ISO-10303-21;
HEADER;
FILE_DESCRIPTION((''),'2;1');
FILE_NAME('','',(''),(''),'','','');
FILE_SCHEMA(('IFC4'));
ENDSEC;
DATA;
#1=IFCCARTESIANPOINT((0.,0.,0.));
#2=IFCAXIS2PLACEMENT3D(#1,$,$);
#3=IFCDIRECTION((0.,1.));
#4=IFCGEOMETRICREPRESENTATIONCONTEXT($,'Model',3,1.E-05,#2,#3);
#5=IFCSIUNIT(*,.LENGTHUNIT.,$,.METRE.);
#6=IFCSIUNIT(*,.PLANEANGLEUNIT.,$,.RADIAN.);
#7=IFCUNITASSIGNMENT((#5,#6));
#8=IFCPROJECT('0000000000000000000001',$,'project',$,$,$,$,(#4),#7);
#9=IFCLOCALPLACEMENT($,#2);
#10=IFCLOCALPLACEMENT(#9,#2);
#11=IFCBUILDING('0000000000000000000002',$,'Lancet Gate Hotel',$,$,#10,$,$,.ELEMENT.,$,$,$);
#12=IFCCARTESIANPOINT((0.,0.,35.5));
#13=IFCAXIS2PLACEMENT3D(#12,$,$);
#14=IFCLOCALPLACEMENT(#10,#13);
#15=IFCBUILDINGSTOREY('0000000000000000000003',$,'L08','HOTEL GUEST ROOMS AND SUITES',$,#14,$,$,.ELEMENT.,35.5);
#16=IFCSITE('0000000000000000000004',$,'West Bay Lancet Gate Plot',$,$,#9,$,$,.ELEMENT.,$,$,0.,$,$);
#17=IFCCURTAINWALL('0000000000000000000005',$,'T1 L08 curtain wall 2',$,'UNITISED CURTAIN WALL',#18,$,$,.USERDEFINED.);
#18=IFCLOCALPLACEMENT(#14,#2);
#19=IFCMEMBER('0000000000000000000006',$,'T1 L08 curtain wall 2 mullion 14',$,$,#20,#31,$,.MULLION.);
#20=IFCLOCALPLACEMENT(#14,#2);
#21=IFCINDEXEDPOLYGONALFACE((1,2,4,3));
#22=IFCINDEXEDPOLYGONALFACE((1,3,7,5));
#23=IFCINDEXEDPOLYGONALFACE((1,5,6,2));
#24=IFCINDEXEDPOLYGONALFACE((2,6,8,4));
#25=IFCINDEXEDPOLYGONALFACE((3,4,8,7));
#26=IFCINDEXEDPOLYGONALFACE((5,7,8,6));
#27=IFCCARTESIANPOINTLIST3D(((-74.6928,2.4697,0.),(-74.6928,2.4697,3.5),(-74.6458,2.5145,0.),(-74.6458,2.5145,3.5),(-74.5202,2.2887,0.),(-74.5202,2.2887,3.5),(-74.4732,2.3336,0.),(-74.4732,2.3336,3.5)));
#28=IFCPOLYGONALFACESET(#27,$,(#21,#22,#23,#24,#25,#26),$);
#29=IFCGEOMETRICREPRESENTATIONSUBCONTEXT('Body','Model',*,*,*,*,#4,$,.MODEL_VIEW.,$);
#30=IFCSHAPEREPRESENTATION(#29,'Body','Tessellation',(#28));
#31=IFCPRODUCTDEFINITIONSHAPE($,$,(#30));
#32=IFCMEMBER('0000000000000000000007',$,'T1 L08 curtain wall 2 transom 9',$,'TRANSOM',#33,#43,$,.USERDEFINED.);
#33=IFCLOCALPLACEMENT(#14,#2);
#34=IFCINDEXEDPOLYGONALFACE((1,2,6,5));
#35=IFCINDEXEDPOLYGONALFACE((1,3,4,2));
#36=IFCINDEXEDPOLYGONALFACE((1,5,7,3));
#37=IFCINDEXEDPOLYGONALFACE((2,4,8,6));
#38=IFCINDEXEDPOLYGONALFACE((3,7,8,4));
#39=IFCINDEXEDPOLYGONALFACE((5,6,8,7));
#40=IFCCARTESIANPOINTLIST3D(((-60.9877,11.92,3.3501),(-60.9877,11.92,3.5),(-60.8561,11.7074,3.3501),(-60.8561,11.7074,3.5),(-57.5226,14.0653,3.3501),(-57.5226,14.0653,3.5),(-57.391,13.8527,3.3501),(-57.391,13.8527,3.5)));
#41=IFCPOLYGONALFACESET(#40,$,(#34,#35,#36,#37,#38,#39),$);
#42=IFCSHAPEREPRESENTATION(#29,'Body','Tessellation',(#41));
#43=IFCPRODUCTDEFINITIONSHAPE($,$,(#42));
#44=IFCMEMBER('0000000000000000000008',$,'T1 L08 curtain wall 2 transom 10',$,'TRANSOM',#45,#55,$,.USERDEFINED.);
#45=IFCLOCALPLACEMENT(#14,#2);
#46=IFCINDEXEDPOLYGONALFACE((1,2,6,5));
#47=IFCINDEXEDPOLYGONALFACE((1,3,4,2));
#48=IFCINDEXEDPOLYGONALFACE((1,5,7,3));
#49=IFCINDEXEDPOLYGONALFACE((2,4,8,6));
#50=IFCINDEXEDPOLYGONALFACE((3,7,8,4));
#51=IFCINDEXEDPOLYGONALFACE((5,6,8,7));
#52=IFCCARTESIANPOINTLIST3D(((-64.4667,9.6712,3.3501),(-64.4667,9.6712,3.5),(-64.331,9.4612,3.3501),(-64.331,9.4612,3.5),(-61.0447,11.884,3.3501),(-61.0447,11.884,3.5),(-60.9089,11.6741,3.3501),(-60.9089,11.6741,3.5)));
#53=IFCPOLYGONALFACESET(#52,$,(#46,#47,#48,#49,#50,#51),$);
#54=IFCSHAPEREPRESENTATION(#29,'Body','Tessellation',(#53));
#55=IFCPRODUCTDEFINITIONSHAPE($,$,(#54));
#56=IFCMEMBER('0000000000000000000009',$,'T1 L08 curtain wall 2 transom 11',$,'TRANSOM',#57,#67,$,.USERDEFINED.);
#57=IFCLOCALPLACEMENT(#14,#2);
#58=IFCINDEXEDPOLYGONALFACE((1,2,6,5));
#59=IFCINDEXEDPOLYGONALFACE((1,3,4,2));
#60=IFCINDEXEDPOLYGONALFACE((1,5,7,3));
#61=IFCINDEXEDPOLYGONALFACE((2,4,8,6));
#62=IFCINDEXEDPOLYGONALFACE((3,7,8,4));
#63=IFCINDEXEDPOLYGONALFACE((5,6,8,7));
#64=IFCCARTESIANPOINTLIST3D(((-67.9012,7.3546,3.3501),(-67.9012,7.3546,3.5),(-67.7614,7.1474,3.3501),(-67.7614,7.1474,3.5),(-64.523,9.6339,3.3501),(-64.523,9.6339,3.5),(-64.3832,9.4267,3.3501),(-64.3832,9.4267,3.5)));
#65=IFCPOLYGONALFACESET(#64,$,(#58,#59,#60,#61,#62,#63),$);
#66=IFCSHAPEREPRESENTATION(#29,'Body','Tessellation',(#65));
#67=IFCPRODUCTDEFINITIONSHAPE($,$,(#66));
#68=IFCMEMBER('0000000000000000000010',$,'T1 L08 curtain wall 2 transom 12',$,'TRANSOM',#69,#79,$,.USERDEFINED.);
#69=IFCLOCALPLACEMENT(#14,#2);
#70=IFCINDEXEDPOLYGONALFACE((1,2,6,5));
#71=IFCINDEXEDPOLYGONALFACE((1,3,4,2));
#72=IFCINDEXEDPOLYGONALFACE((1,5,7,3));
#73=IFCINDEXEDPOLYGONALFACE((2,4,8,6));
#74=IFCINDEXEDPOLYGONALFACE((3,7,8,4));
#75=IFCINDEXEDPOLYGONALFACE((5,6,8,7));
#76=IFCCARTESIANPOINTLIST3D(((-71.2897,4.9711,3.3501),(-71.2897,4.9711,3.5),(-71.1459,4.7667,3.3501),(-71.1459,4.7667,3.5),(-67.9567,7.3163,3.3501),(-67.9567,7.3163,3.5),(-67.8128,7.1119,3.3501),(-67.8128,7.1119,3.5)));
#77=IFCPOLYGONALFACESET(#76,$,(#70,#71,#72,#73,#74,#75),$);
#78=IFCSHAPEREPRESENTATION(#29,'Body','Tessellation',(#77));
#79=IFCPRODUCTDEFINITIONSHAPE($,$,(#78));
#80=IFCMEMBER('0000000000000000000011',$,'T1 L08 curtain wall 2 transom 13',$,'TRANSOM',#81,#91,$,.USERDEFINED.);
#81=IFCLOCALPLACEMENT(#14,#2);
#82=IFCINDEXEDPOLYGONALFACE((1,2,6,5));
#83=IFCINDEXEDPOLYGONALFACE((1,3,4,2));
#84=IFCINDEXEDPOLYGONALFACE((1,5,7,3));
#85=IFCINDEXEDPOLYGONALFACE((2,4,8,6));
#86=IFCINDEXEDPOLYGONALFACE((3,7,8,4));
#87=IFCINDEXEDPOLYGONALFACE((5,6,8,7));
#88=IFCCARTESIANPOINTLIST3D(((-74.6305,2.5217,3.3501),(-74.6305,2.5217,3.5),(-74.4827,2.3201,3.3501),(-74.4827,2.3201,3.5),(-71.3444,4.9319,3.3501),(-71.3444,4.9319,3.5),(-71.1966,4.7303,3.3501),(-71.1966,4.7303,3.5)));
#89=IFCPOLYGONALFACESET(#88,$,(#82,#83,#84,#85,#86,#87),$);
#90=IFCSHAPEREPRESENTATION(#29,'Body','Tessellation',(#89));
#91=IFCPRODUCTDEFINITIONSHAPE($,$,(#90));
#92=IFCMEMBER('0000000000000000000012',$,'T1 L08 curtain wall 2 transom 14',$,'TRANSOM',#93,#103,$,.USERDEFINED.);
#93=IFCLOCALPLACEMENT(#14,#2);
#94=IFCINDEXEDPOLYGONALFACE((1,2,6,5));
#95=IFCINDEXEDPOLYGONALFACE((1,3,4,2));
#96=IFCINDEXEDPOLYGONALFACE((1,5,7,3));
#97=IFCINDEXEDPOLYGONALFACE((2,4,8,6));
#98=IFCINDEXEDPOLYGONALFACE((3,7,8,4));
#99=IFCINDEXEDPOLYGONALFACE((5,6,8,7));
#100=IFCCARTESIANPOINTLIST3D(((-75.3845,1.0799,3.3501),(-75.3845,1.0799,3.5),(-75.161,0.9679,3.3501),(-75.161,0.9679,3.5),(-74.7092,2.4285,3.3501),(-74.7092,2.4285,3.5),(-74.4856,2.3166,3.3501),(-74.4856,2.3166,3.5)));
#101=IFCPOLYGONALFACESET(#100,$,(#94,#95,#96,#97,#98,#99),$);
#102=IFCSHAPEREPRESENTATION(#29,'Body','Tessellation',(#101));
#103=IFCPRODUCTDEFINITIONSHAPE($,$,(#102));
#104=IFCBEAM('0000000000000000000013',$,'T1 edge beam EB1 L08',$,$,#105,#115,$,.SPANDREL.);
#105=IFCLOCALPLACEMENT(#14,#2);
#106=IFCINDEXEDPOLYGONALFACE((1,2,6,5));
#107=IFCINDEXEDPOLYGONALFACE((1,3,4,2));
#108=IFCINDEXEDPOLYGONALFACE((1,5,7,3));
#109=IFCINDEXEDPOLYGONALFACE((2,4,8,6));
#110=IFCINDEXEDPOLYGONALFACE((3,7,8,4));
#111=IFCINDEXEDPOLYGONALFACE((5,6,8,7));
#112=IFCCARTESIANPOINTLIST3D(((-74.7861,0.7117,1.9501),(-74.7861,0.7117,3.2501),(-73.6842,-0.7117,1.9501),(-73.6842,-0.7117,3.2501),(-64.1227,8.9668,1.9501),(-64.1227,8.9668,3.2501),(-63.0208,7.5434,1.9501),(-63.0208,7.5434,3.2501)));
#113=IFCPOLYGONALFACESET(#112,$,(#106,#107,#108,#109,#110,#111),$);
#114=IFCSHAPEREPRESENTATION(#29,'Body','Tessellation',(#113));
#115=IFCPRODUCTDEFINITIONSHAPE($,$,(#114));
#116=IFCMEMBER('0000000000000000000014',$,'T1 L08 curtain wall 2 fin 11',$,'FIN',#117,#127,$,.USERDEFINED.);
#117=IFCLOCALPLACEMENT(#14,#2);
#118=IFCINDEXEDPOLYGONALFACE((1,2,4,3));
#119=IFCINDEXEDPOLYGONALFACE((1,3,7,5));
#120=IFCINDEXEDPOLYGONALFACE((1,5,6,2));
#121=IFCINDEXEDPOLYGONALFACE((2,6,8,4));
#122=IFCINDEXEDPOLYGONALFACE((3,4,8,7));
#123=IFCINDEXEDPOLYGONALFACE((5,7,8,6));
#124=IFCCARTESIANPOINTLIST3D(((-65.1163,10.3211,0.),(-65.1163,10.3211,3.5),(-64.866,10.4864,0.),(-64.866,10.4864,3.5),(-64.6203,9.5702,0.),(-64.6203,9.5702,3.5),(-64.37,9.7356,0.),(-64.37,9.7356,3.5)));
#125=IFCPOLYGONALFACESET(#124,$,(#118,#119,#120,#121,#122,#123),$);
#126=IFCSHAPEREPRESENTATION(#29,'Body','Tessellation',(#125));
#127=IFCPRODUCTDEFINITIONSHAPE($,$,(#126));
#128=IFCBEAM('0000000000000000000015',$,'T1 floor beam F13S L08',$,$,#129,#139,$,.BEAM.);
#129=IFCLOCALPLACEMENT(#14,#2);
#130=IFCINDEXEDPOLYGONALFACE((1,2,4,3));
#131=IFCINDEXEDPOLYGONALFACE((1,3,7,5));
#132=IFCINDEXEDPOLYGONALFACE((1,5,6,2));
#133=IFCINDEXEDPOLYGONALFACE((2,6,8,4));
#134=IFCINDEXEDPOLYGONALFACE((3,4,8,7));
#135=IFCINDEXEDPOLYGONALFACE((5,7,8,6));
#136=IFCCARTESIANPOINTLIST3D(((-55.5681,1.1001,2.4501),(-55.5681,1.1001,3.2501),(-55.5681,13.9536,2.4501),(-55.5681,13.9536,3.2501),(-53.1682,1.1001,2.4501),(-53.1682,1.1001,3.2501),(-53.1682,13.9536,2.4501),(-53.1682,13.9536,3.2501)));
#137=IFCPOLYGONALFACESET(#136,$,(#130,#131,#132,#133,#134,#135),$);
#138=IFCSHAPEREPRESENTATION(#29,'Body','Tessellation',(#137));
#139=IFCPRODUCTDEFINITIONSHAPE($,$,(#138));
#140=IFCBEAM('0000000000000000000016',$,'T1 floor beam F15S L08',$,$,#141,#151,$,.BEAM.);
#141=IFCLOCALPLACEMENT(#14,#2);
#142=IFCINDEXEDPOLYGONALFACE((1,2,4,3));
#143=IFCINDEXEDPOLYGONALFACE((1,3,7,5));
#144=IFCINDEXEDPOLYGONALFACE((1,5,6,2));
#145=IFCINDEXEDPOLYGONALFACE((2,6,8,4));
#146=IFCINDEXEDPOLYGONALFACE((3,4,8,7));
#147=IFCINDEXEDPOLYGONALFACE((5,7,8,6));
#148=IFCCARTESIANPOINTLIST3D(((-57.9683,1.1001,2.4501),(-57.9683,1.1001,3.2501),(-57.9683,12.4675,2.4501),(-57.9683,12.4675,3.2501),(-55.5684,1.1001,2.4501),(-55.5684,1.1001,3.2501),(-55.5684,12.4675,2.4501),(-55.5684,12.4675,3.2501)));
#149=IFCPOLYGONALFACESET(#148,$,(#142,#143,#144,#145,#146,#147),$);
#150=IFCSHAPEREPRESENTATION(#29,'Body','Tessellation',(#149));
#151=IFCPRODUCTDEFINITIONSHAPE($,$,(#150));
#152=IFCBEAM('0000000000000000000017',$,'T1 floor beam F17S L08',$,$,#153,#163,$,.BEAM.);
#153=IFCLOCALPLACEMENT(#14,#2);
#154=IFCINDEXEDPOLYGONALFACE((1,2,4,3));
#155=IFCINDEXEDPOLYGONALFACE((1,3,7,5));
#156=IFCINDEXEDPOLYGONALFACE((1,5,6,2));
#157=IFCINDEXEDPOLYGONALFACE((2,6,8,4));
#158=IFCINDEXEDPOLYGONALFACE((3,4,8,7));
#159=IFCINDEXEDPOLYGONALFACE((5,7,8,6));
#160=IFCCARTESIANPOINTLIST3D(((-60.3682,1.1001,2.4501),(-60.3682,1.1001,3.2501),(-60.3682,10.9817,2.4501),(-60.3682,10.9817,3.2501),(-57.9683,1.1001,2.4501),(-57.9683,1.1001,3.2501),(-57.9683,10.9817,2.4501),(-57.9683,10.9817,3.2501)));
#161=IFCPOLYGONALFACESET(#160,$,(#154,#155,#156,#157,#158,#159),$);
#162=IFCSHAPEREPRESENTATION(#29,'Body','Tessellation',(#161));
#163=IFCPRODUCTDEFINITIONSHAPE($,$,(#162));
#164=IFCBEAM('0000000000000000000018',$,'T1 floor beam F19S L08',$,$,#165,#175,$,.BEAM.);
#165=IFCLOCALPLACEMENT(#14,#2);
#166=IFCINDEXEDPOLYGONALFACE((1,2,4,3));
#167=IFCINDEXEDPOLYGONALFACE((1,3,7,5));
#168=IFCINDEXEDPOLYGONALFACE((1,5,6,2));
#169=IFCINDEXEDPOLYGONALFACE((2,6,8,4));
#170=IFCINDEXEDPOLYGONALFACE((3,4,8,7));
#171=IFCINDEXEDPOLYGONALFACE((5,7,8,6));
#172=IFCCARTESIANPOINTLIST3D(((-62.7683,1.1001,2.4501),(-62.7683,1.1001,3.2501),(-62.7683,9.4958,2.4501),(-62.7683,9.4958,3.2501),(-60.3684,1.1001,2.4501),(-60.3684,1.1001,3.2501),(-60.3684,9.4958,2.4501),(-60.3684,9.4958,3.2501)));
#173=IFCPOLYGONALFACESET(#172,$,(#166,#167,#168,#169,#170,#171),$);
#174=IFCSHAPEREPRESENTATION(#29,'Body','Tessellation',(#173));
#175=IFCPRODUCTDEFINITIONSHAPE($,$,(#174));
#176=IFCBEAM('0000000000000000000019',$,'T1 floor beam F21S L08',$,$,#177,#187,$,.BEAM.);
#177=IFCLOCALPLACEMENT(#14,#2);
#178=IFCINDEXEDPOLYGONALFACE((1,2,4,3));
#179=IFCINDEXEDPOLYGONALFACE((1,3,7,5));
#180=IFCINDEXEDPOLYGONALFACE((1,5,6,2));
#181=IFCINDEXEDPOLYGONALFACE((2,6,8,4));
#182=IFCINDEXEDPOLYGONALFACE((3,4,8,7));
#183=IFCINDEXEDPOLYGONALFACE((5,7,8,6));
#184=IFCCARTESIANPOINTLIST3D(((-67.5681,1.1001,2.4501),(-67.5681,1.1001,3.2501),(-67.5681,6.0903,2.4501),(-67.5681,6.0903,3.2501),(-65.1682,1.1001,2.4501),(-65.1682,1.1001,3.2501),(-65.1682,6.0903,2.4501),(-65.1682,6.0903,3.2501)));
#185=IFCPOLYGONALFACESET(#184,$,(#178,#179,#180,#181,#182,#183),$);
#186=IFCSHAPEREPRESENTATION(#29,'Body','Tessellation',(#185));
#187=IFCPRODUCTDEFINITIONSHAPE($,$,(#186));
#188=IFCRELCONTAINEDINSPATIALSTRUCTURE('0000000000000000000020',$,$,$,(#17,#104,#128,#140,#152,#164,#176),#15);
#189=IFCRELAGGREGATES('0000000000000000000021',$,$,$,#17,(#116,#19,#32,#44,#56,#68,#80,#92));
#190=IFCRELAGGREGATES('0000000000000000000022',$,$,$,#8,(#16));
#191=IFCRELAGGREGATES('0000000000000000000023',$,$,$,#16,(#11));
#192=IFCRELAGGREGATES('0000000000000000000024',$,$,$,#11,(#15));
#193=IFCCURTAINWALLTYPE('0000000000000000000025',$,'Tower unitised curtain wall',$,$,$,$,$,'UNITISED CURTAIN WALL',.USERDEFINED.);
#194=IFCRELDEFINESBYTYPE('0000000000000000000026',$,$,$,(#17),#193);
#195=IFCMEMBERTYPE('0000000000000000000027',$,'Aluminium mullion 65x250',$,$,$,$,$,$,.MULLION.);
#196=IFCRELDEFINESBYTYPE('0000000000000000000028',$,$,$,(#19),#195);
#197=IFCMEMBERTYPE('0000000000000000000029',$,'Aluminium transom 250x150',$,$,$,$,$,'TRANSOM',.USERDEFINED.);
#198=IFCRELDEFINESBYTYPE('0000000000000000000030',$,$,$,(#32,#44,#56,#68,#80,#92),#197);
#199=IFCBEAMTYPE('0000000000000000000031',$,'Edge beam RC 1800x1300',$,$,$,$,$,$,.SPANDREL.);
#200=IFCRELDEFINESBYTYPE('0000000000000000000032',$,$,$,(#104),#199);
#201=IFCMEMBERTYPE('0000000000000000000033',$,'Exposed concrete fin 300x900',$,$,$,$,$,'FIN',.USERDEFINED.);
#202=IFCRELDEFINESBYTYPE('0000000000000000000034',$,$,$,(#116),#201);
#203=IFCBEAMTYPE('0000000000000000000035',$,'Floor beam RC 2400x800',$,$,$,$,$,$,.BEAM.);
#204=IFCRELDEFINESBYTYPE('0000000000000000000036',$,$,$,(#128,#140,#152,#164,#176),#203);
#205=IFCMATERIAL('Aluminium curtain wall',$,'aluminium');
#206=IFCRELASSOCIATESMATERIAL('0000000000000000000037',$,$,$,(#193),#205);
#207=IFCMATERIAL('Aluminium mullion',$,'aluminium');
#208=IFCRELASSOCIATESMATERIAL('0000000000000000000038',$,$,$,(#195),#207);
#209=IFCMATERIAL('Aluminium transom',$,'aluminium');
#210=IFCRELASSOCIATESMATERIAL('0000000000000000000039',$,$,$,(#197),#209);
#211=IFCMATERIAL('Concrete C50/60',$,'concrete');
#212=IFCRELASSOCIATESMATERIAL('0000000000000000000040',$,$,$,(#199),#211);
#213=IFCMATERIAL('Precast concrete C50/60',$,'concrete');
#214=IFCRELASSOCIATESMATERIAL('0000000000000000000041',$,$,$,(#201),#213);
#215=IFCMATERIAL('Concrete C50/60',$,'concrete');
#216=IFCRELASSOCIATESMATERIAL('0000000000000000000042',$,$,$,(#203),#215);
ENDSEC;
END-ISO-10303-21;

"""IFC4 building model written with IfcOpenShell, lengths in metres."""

from ifc_helpers import new_model, si_unit, direction, frame, origin, origin_2d, place, context, subcontext, project, spatial, rectangle, extrude, material, material_profile, profile_set, type_object, element, aggregate, save


model = new_model("IFC4")

# Units and contexts
model_context = context("Model", 3, precision=1e-05, world=origin(), true_north=direction((0.0, 1.0)))
body_context = subcontext(model_context, "Body", "Model", "MODEL_VIEW")
ifc_project = project(units=[si_unit("LENGTHUNIT", "METRE"), si_unit("PLANEANGLEUNIT", "RADIAN")], contexts=[model_context])

# Site, building, storey
site_placement = place(None, origin())
site = spatial("IfcSite", under=ifc_project, at=site_placement, Name="West Bay Lancet Gate Plot", CompositionType="ELEMENT", RefElevation=0.0)
building_placement = place(site_placement, origin())
building = spatial("IfcBuilding", under=site, at=building_placement, Name="Lancet Gate Hotel", CompositionType="ELEMENT")
storey_placement = place(building_placement, frame((0.0, 0.0, 35.5)))
storey = spatial("IfcBuildingStorey", under=building, at=storey_placement, Name="L08", Description="HOTEL GUEST ROOMS AND SUITES", CompositionType="ELEMENT", Elevation=35.5)

# Curtain wall, members
ifc_material_1 = material(Name="Aluminium curtain wall", Category="aluminium")
curtain_wall_type = type_object("IfcCurtainWallType", Name="Tower unitised curtain wall", ElementType="UNITISED CURTAIN WALL", PredefinedType="USERDEFINED", material=ifc_material_1)
curtain_wall_placement = place(storey_placement, origin())
curtain_wall = element("IfcCurtainWall", 1, at=curtain_wall_placement, inside=storey, type_object=curtain_wall_type, Name="T1 L08 curtain wall 2", ObjectType="UNITISED CURTAIN WALL", PredefinedType="USERDEFINED")
ifc_material_2 = material(Name="Aluminium mullion", Category="aluminium")
ifc_material_profile_1 = material_profile(ifc_material_2, rectangle(XDim=0.0649, YDim=0.25, at=origin_2d()), Name="MULLION 65x250")
ifc_profile_set_1 = profile_set([ifc_material_profile_1], Name="Aluminium mullion")
member_type_1 = type_object("IfcMemberType", Name="Aluminium mullion 65x250", PredefinedType="MULLION", material=ifc_profile_set_1)
member_1_placement = place(storey_placement, frame((-74.583, 2.4016, 0.0), z_axis=(0.0, 0.0, 1.0), x_axis=(-0.723696, -0.690119, 0.0)))
member_1 = element("IfcMember", 2, at=member_1_placement, type_object=member_type_1, Name="T1 L08 curtain wall 2 mullion 14", PredefinedType="MULLION", context=body_context, shape_type="SweptSolid", body=[
    extrude(rectangle(XDim=0.0649, YDim=0.25, at=origin_2d()), origin(), (0.0, 0.0, 1.0), 3.5),
])
ifc_material_3 = material(Name="Aluminium transom", Category="aluminium")
ifc_material_profile_2 = material_profile(ifc_material_3, rectangle(XDim=0.25, YDim=0.1499, at=origin_2d()), Name="TRANSOM 250x150")
ifc_profile_set_2 = profile_set([ifc_material_profile_2], Name="Aluminium transom")
member_type_2 = type_object("IfcMemberType", Name="Aluminium transom 250x150", ElementType="TRANSOM", PredefinedType="USERDEFINED", material=ifc_profile_set_2)
member_2_placement = place(storey_placement, frame((-57.4568, 13.959, 3.425), z_axis=(-0.850242, -0.526392, 0.0), x_axis=(0.526392, -0.850242, 0.0)))
member_2 = element("IfcMember", 3, at=member_2_placement, type_object=member_type_2, Name="T1 L08 curtain wall 2 transom 9", ObjectType="TRANSOM", PredefinedType="USERDEFINED", context=body_context, shape_type="SweptSolid", body=[
    extrude(rectangle(XDim=0.25, YDim=0.1499, at=origin_2d()), origin(), (0.0, 0.0, 1.0), 4.0754),
])
member_3_placement = place(storey_placement, frame((-60.9768, 11.7791, 3.425), z_axis=(-0.839729, -0.543005, 0.0), x_axis=(0.543005, -0.839729, 0.0)))
member_3 = element("IfcMember", 4, at=member_3_placement, type_object=member_type_2, Name="T1 L08 curtain wall 2 transom 10", ObjectType="TRANSOM", PredefinedType="USERDEFINED", context=body_context, shape_type="SweptSolid", body=[
    extrude(rectangle(XDim=0.25, YDim=0.1499, at=origin_2d()), origin(), (0.0, 0.0, 1.0), 4.0752),
])
member_4_placement = place(storey_placement, frame((-64.4531, 9.5303, 3.425), z_axis=(-0.828959, -0.559309, 0.0), x_axis=(0.559309, -0.828959, 0.0)))
member_4 = element("IfcMember", 5, at=member_4_placement, type_object=member_type_2, Name="T1 L08 curtain wall 2 transom 11", ObjectType="TRANSOM", PredefinedType="USERDEFINED", context=body_context, shape_type="SweptSolid", body=[
    extrude(rectangle(XDim=0.25, YDim=0.1499, at=origin_2d()), origin(), (0.0, 0.0, 1.0), 4.0752),
])
member_5_placement = place(storey_placement, frame((-67.8848, 7.2141, 3.425), z_axis=(-0.817834, -0.575455, 0.0), x_axis=(0.575455, -0.817834, 0.0)))
member_5 = element("IfcMember", 6, at=member_5_placement, type_object=member_type_2, Name="T1 L08 curtain wall 2 transom 12", ObjectType="TRANSOM", PredefinedType="USERDEFINED", context=body_context, shape_type="SweptSolid", body=[
    extrude(rectangle(XDim=0.25, YDim=0.1499, at=origin_2d()), origin(), (0.0, 0.0, 1.0), 4.0754),
])
member_6_placement = place(storey_placement, frame((-71.2705, 4.8311, 3.425), z_axis=(-0.806367, -0.591416, 0.0), x_axis=(0.591416, -0.806367, 0.0)))
member_6 = element("IfcMember", 7, at=member_6_placement, type_object=member_type_2, Name="T1 L08 curtain wall 2 transom 13", ObjectType="TRANSOM", PredefinedType="USERDEFINED", context=body_context, shape_type="SweptSolid", body=[
    extrude(rectangle(XDim=0.25, YDim=0.1499, at=origin_2d()), origin(), (0.0, 0.0, 1.0), 4.0752),
])
member_7_placement = place(storey_placement, frame((-74.5974, 2.3726, 3.425), z_axis=(-0.447732, -0.894168, 0.0), x_axis=(0.894168, -0.447732, 0.0)))
member_7 = element("IfcMember", 8, at=member_7_placement, type_object=member_type_2, Name="T1 L08 curtain wall 2 transom 14", ObjectType="TRANSOM", PredefinedType="USERDEFINED", context=body_context, shape_type="SweptSolid", body=[
    extrude(rectangle(XDim=0.25, YDim=0.1499, at=origin_2d()), origin(), (0.0, 0.0, 1.0), 1.5083),
])

# Beam
ifc_material_4 = material(Name="Concrete C50/60", Category="concrete")
ifc_material_profile_3 = material_profile(ifc_material_4, rectangle(XDim=1.8, YDim=1.3, at=origin_2d()), Name="RC 1800x1300")
ifc_profile_set_3 = profile_set([ifc_material_profile_3], Name="Concrete C50/60")
beam_type_1 = type_object("IfcBeamType", Name="Edge beam RC 1800x1300", PredefinedType="SPANDREL", material=ifc_profile_set_3)
beam_1_placement = place(storey_placement, frame((-63.5718, 8.2551, 2.6001), z_axis=(-0.790736, -0.612157, 0.0), x_axis=(0.612157, -0.790736, 0.0)))
element("IfcBeam", 9, at=beam_1_placement, inside=storey, type_object=beam_type_1, Name="T1 edge beam EB1 L08", PredefinedType="SPANDREL", context=body_context, shape_type="SweptSolid", body=[
    extrude(rectangle(XDim=1.8, YDim=1.3, at=origin_2d()), origin(), (0.0, 0.0, 1.0), 13.4854),
])

# Member
ifc_material_5 = material(Name="Precast concrete C50/60", Category="concrete")
ifc_material_profile_4 = material_profile(ifc_material_5, rectangle(XDim=0.3, YDim=0.8999, at=origin_2d()), Name="FIN 300x900")
ifc_profile_set_4 = profile_set([ifc_material_profile_4], Name="Precast concrete C50/60")
member_type_3 = type_object("IfcMemberType", Name="Exposed concrete fin 300x900", ElementType="FIN", PredefinedType="USERDEFINED", material=ifc_profile_set_4)
member_8_placement = place(storey_placement, frame((-64.7432, 10.0283, 0.0), z_axis=(0.0, 0.0, 1.0), x_axis=(-0.834387, -0.551178, 0.0)))
member_8 = element("IfcMember", 10, at=member_8_placement, type_object=member_type_3, Name="T1 L08 curtain wall 2 fin 11", ObjectType="FIN", PredefinedType="USERDEFINED", context=body_context, shape_type="SweptSolid", body=[
    extrude(rectangle(XDim=0.3, YDim=0.8999, at=origin_2d()), origin(), (0.0, 0.0, 1.0), 3.5),
])

# Beams
ifc_material_6 = material(Name="Concrete C50/60", Category="concrete")
ifc_material_profile_5 = material_profile(ifc_material_6, rectangle(XDim=2.3999, YDim=0.8, at=origin_2d()), Name="RC 2400x800")
ifc_profile_set_5 = profile_set([ifc_material_profile_5], Name="Concrete C50/60")
beam_type_2 = type_object("IfcBeamType", Name="Floor beam RC 2400x800", PredefinedType="BEAM", material=ifc_profile_set_5)
beam_2_placement = place(storey_placement, frame((-54.3682, 13.9536, 2.8501), z_axis=(0.0, -1.0, 0.0), x_axis=(1.0, 0.0, 0.0)))
element("IfcBeam", 11, at=beam_2_placement, inside=storey, type_object=beam_type_2, Name="T1 floor beam F13S L08", PredefinedType="BEAM", context=body_context, shape_type="SweptSolid", body=[
    extrude(rectangle(XDim=2.3999, YDim=0.8, at=origin_2d()), origin(), (0.0, 0.0, 1.0), 12.8535),
])
beam_3_placement = place(storey_placement, frame((-56.7683, 12.4675, 2.8501), z_axis=(0.0, -1.0, 0.0), x_axis=(1.0, 0.0, 0.0)))
element("IfcBeam", 12, at=beam_3_placement, inside=storey, type_object=beam_type_2, Name="T1 floor beam F15S L08", PredefinedType="BEAM", context=body_context, shape_type="SweptSolid", body=[
    extrude(rectangle(XDim=2.3999, YDim=0.8, at=origin_2d()), origin(), (0.0, 0.0, 1.0), 11.3674),
])
beam_4_placement = place(storey_placement, frame((-59.1682, 10.9817, 2.8501), z_axis=(0.0, -1.0, 0.0), x_axis=(1.0, 0.0, 0.0)))
element("IfcBeam", 13, at=beam_4_placement, inside=storey, type_object=beam_type_2, Name="T1 floor beam F17S L08", PredefinedType="BEAM", context=body_context, shape_type="SweptSolid", body=[
    extrude(rectangle(XDim=2.3999, YDim=0.8, at=origin_2d()), origin(), (0.0, 0.0, 1.0), 9.8816),
])
beam_5_placement = place(storey_placement, frame((-61.5684, 9.4958, 2.8501), z_axis=(0.0, -1.0, 0.0), x_axis=(1.0, 0.0, 0.0)))
element("IfcBeam", 14, at=beam_5_placement, inside=storey, type_object=beam_type_2, Name="T1 floor beam F19S L08", PredefinedType="BEAM", context=body_context, shape_type="SweptSolid", body=[
    extrude(rectangle(XDim=2.3999, YDim=0.8, at=origin_2d()), origin(), (0.0, 0.0, 1.0), 8.3958),
])
beam_6_placement = place(storey_placement, frame((-66.3682, 6.0903, 2.8501), z_axis=(0.0, -1.0, 0.0), x_axis=(1.0, 0.0, 0.0)))
element("IfcBeam", 15, at=beam_6_placement, inside=storey, type_object=beam_type_2, Name="T1 floor beam F21S L08", PredefinedType="BEAM", context=body_context, shape_type="SweptSolid", body=[
    extrude(rectangle(XDim=2.3999, YDim=0.8, at=origin_2d()), origin(), (0.0, 0.0, 1.0), 4.9902),
])

aggregate(curtain_wall, [member_8, member_1, member_2, member_3, member_4, member_5, member_6, member_7])

save(model, "model.ifc")
